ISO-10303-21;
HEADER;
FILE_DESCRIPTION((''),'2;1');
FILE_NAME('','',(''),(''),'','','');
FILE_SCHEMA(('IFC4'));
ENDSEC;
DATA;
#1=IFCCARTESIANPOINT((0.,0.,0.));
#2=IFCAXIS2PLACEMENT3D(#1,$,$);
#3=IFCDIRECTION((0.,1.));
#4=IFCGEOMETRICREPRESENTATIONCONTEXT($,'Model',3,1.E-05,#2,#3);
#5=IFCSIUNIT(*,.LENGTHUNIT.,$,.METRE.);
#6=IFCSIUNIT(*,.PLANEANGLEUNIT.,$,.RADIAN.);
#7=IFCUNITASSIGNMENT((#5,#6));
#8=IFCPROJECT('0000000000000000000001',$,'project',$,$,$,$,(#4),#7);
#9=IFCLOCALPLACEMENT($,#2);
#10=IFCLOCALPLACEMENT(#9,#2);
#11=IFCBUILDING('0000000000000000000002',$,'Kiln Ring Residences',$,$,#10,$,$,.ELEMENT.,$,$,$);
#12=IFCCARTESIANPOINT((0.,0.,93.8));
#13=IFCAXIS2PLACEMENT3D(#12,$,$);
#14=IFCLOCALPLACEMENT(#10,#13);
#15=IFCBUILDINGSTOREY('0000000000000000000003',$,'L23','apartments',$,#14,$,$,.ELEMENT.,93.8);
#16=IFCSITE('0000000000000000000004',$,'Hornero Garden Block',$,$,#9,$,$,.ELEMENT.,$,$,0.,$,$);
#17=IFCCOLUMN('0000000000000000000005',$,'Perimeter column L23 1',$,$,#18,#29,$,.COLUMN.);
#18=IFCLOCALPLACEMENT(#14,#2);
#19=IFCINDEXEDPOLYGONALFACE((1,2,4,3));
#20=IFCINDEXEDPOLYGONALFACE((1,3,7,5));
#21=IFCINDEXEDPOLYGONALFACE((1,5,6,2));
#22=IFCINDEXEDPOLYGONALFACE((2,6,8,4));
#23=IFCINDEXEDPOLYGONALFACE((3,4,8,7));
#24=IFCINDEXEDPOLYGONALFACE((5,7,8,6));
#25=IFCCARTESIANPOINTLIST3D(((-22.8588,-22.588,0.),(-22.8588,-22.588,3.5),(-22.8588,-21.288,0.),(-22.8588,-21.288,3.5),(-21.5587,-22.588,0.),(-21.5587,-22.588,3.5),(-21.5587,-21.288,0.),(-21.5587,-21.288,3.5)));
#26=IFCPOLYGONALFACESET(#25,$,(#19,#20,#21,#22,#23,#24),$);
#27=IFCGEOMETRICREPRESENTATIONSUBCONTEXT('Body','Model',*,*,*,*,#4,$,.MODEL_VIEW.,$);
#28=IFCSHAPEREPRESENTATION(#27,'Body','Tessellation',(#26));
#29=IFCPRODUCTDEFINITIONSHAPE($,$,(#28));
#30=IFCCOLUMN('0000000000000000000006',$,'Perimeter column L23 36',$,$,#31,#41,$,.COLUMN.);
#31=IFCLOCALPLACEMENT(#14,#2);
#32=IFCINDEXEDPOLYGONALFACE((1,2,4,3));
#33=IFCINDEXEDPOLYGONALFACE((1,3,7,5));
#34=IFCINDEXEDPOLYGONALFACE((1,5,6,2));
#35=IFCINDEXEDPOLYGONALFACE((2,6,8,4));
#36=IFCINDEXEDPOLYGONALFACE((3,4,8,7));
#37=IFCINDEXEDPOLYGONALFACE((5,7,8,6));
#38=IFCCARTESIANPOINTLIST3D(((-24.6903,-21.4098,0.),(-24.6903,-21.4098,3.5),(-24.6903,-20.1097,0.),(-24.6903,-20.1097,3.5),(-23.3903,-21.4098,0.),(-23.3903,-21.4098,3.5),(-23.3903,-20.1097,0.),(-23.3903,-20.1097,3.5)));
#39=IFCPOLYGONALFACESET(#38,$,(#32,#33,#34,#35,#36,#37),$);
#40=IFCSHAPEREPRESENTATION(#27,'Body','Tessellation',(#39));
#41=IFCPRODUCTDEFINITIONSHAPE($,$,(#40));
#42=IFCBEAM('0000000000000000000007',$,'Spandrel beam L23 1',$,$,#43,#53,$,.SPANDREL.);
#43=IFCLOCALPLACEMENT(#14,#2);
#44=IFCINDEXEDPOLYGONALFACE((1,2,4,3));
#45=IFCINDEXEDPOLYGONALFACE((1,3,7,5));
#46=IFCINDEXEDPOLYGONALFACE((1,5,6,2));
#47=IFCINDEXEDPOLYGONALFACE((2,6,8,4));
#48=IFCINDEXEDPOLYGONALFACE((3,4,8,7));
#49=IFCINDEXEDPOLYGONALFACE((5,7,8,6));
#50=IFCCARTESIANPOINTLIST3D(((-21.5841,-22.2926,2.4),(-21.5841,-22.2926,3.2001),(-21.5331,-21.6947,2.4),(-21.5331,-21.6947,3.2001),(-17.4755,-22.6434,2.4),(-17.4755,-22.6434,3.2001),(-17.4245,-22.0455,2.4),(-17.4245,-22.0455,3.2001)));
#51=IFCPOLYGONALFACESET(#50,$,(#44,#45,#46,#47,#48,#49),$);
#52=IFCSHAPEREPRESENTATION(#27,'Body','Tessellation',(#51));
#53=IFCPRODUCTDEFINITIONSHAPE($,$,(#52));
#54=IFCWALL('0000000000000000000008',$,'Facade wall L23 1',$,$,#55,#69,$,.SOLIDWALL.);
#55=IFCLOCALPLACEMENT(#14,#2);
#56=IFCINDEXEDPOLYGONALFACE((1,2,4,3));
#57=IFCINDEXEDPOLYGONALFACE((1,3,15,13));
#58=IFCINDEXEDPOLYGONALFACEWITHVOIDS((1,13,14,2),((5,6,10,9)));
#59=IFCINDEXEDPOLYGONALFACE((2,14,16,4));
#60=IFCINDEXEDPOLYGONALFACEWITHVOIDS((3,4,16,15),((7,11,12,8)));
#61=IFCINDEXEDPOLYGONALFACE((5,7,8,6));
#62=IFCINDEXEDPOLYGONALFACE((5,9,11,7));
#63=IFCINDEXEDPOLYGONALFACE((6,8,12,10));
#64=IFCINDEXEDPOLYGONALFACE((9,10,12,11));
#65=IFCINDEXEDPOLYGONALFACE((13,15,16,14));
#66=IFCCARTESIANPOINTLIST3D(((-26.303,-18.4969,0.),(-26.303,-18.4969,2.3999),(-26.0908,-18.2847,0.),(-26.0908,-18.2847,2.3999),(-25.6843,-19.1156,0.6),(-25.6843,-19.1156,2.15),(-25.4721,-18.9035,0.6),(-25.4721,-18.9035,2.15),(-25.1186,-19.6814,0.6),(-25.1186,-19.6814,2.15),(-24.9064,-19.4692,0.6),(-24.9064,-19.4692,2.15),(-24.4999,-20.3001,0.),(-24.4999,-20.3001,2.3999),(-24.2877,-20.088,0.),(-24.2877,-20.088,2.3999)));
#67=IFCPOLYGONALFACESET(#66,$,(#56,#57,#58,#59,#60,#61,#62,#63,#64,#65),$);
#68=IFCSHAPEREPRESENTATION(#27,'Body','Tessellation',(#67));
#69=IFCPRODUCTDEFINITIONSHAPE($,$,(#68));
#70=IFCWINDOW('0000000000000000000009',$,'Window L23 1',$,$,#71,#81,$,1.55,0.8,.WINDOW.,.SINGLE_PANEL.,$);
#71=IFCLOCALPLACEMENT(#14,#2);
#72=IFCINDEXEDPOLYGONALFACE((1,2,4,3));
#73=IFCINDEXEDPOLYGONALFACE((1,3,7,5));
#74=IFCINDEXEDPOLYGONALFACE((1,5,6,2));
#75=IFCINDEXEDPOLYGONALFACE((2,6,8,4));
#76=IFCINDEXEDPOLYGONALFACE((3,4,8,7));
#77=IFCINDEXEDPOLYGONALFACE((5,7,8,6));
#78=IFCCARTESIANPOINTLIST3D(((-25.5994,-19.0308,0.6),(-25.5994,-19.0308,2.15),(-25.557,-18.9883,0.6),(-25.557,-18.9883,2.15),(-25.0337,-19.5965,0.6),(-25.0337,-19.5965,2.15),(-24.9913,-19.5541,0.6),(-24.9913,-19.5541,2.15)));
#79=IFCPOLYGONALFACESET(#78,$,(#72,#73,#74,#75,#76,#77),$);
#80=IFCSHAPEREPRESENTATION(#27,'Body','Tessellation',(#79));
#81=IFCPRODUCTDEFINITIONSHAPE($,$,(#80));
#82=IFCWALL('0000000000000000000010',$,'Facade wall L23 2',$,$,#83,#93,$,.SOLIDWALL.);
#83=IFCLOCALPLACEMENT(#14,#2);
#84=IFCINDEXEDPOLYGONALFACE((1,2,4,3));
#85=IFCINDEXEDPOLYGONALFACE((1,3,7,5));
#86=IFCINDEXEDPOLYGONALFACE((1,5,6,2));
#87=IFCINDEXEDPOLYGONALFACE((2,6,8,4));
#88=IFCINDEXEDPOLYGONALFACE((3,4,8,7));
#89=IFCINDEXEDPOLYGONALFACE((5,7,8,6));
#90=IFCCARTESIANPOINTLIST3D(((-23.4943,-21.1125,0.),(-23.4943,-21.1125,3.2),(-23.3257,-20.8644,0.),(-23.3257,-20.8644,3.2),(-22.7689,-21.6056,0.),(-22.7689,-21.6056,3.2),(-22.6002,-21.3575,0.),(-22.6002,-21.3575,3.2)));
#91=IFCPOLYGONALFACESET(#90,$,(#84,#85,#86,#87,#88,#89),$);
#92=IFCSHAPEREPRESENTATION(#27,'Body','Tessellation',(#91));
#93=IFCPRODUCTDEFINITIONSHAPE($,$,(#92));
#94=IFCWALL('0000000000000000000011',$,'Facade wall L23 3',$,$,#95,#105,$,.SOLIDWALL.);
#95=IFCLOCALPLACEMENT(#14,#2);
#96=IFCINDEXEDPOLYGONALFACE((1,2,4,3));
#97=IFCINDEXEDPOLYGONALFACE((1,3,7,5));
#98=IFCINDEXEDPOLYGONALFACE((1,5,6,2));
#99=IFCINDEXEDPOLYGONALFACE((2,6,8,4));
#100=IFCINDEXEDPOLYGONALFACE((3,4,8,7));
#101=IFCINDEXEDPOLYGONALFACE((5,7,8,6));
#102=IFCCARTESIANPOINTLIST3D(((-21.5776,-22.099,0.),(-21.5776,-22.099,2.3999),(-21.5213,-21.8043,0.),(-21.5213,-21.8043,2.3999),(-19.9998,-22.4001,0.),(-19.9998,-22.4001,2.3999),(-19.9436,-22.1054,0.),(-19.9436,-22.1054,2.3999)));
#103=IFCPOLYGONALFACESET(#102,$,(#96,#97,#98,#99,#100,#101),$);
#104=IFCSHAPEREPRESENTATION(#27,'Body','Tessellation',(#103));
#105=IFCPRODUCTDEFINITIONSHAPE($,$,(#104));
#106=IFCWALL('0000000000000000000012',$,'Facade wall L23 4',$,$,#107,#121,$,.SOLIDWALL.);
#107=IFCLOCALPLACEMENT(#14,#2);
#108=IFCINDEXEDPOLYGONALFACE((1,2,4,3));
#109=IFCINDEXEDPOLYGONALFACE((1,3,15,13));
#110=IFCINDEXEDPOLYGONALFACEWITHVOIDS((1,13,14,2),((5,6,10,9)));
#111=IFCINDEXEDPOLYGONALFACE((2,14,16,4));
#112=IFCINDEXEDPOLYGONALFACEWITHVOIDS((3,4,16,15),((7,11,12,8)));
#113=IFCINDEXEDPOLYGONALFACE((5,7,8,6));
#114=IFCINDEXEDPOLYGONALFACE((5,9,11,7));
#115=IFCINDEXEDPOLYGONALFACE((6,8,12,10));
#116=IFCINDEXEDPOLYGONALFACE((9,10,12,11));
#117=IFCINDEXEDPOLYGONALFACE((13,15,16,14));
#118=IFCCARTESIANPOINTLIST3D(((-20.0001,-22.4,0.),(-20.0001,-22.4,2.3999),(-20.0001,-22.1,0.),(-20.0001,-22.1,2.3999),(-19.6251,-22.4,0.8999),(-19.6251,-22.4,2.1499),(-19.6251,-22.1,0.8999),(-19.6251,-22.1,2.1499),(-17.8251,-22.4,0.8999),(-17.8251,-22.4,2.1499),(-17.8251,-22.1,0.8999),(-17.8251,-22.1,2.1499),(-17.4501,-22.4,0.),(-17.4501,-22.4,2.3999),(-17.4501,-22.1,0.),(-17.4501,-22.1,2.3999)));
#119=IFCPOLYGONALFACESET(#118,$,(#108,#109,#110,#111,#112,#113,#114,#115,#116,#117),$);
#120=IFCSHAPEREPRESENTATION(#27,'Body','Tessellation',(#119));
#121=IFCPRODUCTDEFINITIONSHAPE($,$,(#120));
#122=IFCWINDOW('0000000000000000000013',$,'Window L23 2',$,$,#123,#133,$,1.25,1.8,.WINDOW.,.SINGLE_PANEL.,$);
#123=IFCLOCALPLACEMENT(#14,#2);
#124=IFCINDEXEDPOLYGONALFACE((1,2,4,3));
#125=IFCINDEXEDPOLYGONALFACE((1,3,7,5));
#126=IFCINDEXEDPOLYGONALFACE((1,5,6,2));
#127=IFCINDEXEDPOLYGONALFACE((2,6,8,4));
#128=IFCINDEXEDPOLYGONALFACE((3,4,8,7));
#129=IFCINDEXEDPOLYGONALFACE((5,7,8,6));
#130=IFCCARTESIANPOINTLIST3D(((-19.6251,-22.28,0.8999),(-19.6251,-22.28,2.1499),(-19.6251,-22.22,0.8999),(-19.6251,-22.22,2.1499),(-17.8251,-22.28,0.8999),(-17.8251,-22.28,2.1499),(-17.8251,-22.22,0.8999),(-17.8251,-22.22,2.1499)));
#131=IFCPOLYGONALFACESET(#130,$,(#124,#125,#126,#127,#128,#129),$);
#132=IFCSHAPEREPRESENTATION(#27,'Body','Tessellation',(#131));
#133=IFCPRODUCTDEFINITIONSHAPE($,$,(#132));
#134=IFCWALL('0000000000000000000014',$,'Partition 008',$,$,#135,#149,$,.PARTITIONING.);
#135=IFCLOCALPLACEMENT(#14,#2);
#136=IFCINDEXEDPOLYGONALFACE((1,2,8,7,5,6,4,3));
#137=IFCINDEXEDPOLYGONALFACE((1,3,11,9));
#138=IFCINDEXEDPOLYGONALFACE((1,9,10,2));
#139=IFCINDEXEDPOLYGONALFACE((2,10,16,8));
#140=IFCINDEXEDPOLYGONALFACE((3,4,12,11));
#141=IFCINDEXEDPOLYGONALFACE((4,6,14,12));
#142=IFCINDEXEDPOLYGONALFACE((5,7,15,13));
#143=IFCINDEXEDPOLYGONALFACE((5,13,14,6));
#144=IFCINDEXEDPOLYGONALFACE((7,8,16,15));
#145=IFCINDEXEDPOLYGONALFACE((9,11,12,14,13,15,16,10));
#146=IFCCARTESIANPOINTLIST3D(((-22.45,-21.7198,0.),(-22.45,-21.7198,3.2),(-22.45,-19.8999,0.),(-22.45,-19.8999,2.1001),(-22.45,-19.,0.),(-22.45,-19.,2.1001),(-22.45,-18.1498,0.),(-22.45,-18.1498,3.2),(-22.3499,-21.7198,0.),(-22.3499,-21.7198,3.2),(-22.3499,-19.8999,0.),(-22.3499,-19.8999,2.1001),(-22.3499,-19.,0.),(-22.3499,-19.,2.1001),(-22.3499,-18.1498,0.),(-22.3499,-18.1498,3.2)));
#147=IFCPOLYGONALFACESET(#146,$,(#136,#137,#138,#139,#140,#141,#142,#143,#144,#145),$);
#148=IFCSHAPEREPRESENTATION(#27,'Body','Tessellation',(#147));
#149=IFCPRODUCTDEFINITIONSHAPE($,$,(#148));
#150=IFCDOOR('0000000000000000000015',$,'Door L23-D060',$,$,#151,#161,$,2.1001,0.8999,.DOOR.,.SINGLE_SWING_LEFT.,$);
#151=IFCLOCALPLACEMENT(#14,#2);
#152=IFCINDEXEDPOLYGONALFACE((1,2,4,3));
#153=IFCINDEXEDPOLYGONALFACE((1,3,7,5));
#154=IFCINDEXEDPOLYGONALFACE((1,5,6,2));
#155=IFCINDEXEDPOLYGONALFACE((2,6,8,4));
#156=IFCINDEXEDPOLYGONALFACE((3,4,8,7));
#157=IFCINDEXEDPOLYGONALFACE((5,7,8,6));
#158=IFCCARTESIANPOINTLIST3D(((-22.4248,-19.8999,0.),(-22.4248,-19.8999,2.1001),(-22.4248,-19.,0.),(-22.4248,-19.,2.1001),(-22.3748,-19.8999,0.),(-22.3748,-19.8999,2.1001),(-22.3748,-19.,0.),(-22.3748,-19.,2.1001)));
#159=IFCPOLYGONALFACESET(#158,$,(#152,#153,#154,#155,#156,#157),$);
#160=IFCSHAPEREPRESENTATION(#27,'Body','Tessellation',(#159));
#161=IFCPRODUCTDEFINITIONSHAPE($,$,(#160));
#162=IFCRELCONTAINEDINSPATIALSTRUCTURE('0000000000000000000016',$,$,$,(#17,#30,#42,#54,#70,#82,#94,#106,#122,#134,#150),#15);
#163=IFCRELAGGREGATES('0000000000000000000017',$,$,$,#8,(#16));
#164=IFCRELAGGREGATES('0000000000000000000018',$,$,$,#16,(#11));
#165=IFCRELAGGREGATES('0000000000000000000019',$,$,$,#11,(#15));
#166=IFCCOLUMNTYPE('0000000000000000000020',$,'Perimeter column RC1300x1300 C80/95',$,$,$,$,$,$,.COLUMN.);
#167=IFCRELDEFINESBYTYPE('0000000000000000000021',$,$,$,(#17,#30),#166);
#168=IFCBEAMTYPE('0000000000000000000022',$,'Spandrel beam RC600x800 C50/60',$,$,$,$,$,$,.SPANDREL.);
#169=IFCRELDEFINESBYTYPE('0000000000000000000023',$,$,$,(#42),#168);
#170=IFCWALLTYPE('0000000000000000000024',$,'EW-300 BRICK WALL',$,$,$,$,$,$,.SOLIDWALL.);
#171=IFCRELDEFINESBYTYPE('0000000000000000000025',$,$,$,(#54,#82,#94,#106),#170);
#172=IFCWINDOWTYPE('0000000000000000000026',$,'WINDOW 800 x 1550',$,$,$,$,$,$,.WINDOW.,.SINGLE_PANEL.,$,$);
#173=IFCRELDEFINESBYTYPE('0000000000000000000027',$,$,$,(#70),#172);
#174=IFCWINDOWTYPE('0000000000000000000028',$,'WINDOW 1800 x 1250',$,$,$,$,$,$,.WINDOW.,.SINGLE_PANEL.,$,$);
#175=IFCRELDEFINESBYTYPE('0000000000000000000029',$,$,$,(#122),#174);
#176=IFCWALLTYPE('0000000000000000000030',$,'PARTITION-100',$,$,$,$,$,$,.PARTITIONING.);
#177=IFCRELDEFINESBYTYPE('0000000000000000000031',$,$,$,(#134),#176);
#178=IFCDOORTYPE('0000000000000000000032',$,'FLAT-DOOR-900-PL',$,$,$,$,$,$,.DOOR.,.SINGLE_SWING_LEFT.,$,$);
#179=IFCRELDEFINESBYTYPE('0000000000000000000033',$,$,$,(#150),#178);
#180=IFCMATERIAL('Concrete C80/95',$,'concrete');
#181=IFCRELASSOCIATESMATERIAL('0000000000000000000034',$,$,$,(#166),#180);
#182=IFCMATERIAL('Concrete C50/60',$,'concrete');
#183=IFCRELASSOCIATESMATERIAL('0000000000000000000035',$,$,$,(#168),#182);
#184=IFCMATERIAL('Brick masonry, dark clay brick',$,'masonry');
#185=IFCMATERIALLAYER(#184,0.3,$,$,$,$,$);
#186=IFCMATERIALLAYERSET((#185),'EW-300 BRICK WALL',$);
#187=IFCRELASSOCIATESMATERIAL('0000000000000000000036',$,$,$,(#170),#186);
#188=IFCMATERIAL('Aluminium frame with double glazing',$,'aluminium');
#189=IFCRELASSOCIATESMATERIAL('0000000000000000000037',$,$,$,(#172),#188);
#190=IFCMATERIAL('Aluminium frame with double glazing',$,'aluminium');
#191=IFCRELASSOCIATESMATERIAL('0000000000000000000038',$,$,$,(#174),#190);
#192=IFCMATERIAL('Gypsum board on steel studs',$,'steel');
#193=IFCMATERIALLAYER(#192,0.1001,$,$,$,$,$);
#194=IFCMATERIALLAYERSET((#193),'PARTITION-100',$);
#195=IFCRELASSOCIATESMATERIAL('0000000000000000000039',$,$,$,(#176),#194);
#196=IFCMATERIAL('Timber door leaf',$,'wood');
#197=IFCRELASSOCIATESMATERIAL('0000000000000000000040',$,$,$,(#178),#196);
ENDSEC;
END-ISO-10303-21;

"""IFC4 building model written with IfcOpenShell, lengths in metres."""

from ifc_helpers import new_model, si_unit, direction, frame, frame_2d, origin, origin_2d, place, context, subcontext, project, spatial, rectangle, extrude, material, layer, layer_set, material_profile, profile_set, type_object, element, fill, save


model = new_model("IFC4")

# Units and contexts
model_context = context("Model", 3, precision=1e-05, world=origin(), true_north=direction((0.0, 1.0)))
body_context = subcontext(model_context, "Body", "Model", "MODEL_VIEW")
ifc_project = project(units=[si_unit("LENGTHUNIT", "METRE"), si_unit("PLANEANGLEUNIT", "RADIAN")], contexts=[model_context])

# Site, building, storey
site_placement = place(None, origin())
site = spatial("IfcSite", under=ifc_project, at=site_placement, Name="Hornero Garden Block", CompositionType="ELEMENT", RefElevation=0.0)
building_placement = place(site_placement, origin())
building = spatial("IfcBuilding", under=site, at=building_placement, Name="Kiln Ring Residences", CompositionType="ELEMENT")
storey_placement = place(building_placement, frame((0.0, 0.0, 93.8)))
storey = spatial("IfcBuildingStorey", under=building, at=storey_placement, Name="L23", Description="apartments", CompositionType="ELEMENT", Elevation=93.8)

# Columns
ifc_material_1 = material(Name="Concrete C80/95", Category="concrete")
ifc_material_profile_1 = material_profile(ifc_material_1, rectangle(XDim=1.3, YDim=1.3, at=origin_2d()), Name="RC1300x1300")
ifc_profile_set_1 = profile_set([ifc_material_profile_1], Name="Concrete C80/95")
column_type = type_object("IfcColumnType", Name="Perimeter column RC1300x1300 C80/95", PredefinedType="COLUMN", material=ifc_profile_set_1)
for number, where, z_axis, x_axis, name in (
    (1, (-22.2087, -21.938, 0.0), (0.0, 0.0, 1.0), (1.0, 0.0, 0.0), "Perimeter column L23 1"),
    (2, (-24.0403, -20.7598, 0.0), (0.0, 0.0, 1.0), (1.0, 0.0, 0.0), "Perimeter column L23 36"),
):
    element("IfcColumn", number, at=place(storey_placement, frame(where, z_axis=z_axis, x_axis=x_axis)), inside=storey, type_object=column_type, Name=name, PredefinedType="COLUMN", context=body_context, shape_type="SweptSolid", body=[
        extrude(rectangle(XDim=1.3, YDim=1.3, at=origin_2d()), origin(), (0.0, 0.0, 1.0), 3.5),
    ])

# Beam
ifc_material_2 = material(Name="Concrete C50/60", Category="concrete")
ifc_material_profile_2 = material_profile(ifc_material_2, rectangle(XDim=0.6001, YDim=0.8, at=origin_2d()), Name="RC600x800")
ifc_profile_set_2 = profile_set([ifc_material_profile_2], Name="Concrete C50/60")
beam_type = type_object("IfcBeamType", Name="Spandrel beam RC600x800 C50/60", PredefinedType="SPANDREL", material=ifc_profile_set_2)
beam_placement = place(storey_placement, frame((-21.5586, -21.9937, 2.8), z_axis=(0.996374, -0.085079, 0.0), x_axis=(0.085079, 0.996374, 0.0)))
element("IfcBeam", 3, at=beam_placement, inside=storey, type_object=beam_type, Name="Spandrel beam L23 1", PredefinedType="SPANDREL", context=body_context, shape_type="SweptSolid", body=[
    extrude(rectangle(XDim=0.6001, YDim=0.8, at=origin_2d()), origin(), (0.0, 0.0, 1.0), 4.1235),
])

# Wall, opening, window
ifc_material_3 = material(Name="Brick masonry, dark clay brick", Category="masonry")
ifc_layer_1 = layer(ifc_material_3, 0.3)
ifc_layer_set_1 = layer_set([ifc_layer_1], Name="EW-300 BRICK WALL")
wall_type_1 = type_object("IfcWallType", Name="EW-300 BRICK WALL", PredefinedType="SOLIDWALL", material=ifc_layer_set_1)
wall_1_placement = place(storey_placement, frame((-26.1968, -18.3909, 0.0), z_axis=(0.0, 0.0, 1.0), x_axis=(0.707059, -0.707155, 0.0)))
wall_1 = element("IfcWall", 4, at=wall_1_placement, inside=storey, type_object=wall_type_1, Name="Facade wall L23 1", PredefinedType="SOLIDWALL", context=body_context, shape_type="SweptSolid", body=[
    extrude(rectangle(XDim=2.55, YDim=0.3, at=frame_2d((1.2749, 0.0))), origin(), (0.0, 0.0, 1.0), 2.3999),
])
opening_1_placement = place(wall_1_placement, frame((0.875, 0.0, 0.6001)))
opening_1 = element("IfcOpeningElement", 5, at=opening_1_placement, cuts=wall_1, PredefinedType="OPENING", context=body_context, shape_type="SweptSolid", body=[
    extrude(rectangle(XDim=0.8, YDim=1.55, at=frame_2d((0.3999, 0.7749))), frame((0.0, 0.1599, 0.0), z_axis=(0.0, -1.0, 0.0), x_axis=(1.0, 0.0, 0.0)), (0.0, 0.0, 1.0), 0.3201),
])
ifc_material_4 = material(Name="Aluminium frame with double glazing", Category="aluminium")
window_type_1 = type_object("IfcWindowType", Name="WINDOW 800 x 1550", PartitioningType="SINGLE_PANEL", PredefinedType="WINDOW", material=ifc_material_4)
window_1_placement = place(opening_1_placement, origin())
window_1 = element("IfcWindow", 6, at=window_1_placement, inside=storey, type_object=window_type_1, Name="Window L23 1", OverallHeight=1.55, OverallWidth=0.8, PartitioningType="SINGLE_PANEL", PredefinedType="WINDOW", context=body_context, shape_type="SweptSolid", body=[
    extrude(rectangle(XDim=0.8, YDim=1.55, at=frame_2d((0.3999, 0.7749))), frame((0.0, 0.03, 0.0), z_axis=(0.0, -1.0, 0.0), x_axis=(1.0, 0.0, 0.0)), (0.0, 0.0, 1.0), 0.0601),
])
fill(opening_1, window_1)

# Walls
wall_2_placement = place(storey_placement, frame((-23.4099, -20.9885, 0.0), z_axis=(0.0, 0.0, 1.0), x_axis=(0.827051, -0.562127, 0.0)))
element("IfcWall", 7, at=wall_2_placement, inside=storey, type_object=wall_type_1, Name="Facade wall L23 2", PredefinedType="SOLIDWALL", context=body_context, shape_type="SweptSolid", body=[
    extrude(rectangle(XDim=0.8772, YDim=0.3, at=frame_2d((0.4385, 0.0))), origin(), (0.0, 0.0, 1.0), 3.2),
])
wall_3_placement = place(storey_placement, frame((-21.5496, -21.9517, 0.0), z_axis=(0.0, 0.0, 1.0), x_axis=(0.982279, -0.187426, 0.0)))
element("IfcWall", 8, at=wall_3_placement, inside=storey, type_object=wall_type_1, Name="Facade wall L23 3", PredefinedType="SOLIDWALL", context=body_context, shape_type="SweptSolid", body=[
    extrude(rectangle(XDim=1.6062, YDim=0.3, at=frame_2d((0.8032, 0.0))), origin(), (0.0, 0.0, 1.0), 2.3999),
])

# Wall, opening, window
wall_4_placement = place(storey_placement, frame((-20.0, -22.25, 0.0), z_axis=(0.0, 0.0, 1.0), x_axis=(1.0, 0.0, 0.0)))
wall_4 = element("IfcWall", 9, at=wall_4_placement, inside=storey, type_object=wall_type_1, Name="Facade wall L23 4", PredefinedType="SOLIDWALL", context=body_context, shape_type="SweptSolid", body=[
    extrude(rectangle(XDim=2.55, YDim=0.3, at=frame_2d((1.2749, 0.0))), origin(), (0.0, 0.0, 1.0), 2.3999),
])
opening_2_placement = place(wall_4_placement, frame((0.375, 0.0, 0.8999)))
opening_2 = element("IfcOpeningElement", 10, at=opening_2_placement, cuts=wall_4, PredefinedType="OPENING", context=body_context, shape_type="SweptSolid", body=[
    extrude(rectangle(XDim=1.8, YDim=1.25, at=frame_2d((0.8999, 0.625))), frame((0.0, 0.1599, 0.0), z_axis=(0.0, -1.0, 0.0), x_axis=(1.0, 0.0, 0.0)), (0.0, 0.0, 1.0), 0.3201),
])
ifc_material_5 = material(Name="Aluminium frame with double glazing", Category="aluminium")
window_type_2 = type_object("IfcWindowType", Name="WINDOW 1800 x 1250", PartitioningType="SINGLE_PANEL", PredefinedType="WINDOW", material=ifc_material_5)
window_2_placement = place(opening_2_placement, origin())
window_2 = element("IfcWindow", 11, at=window_2_placement, inside=storey, type_object=window_type_2, Name="Window L23 2", OverallHeight=1.25, OverallWidth=1.8, PartitioningType="SINGLE_PANEL", PredefinedType="WINDOW", context=body_context, shape_type="SweptSolid", body=[
    extrude(rectangle(XDim=1.8, YDim=1.25, at=frame_2d((0.8999, 0.625))), frame((0.0, 0.03, 0.0), z_axis=(0.0, -1.0, 0.0), x_axis=(1.0, 0.0, 0.0)), (0.0, 0.0, 1.0), 0.0601),
])
fill(opening_2, window_2)

# Wall, opening, door
ifc_material_6 = material(Name="Gypsum board on steel studs", Category="steel")
ifc_layer_2 = layer(ifc_material_6, 0.1001)
ifc_layer_set_2 = layer_set([ifc_layer_2], Name="PARTITION-100")
wall_type_2 = type_object("IfcWallType", Name="PARTITION-100", PredefinedType="PARTITIONING", material=ifc_layer_set_2)
wall_5_placement = place(storey_placement, frame((-22.3999, -21.72, 0.0), z_axis=(0.0, 0.0, 1.0), x_axis=(0.0, 1.0, 0.0)))
wall_5 = element("IfcWall", 12, at=wall_5_placement, inside=storey, type_object=wall_type_2, Name="Partition 008", PredefinedType="PARTITIONING", context=body_context, shape_type="SweptSolid", body=[
    extrude(rectangle(XDim=3.5701, YDim=0.1001, at=frame_2d((1.7852, 0.0))), origin(), (0.0, 0.0, 1.0), 3.2),
])
opening_3_placement = place(wall_5_placement, frame((1.8201, 0.0, 0.0)))
opening_3 = element("IfcOpeningElement", 13, at=opening_3_placement, cuts=wall_5, PredefinedType="OPENING", context=body_context, shape_type="SweptSolid", body=[
    extrude(rectangle(XDim=0.8999, YDim=2.1001, at=frame_2d((0.45, 1.05))), frame((0.0, 0.0601, 0.0), z_axis=(0.0, -1.0, 0.0), x_axis=(1.0, 0.0, 0.0)), (0.0, 0.0, 1.0), 0.1201),
])
ifc_material_7 = material(Name="Timber door leaf", Category="wood")
door_type = type_object("IfcDoorType", Name="FLAT-DOOR-900-PL", OperationType="SINGLE_SWING_LEFT", PredefinedType="DOOR", material=ifc_material_7)
door_placement = place(opening_3_placement, origin())
door = element("IfcDoor", 14, at=door_placement, inside=storey, type_object=door_type, Name="Door L23-D060", OperationType="SINGLE_SWING_LEFT", OverallHeight=2.1001, OverallWidth=0.8999, PredefinedType="DOOR", context=body_context, shape_type="SweptSolid", body=[
    extrude(rectangle(XDim=0.8999, YDim=2.1001, at=frame_2d((0.45, 1.05))), frame((0.0, 0.0249, 0.0), z_axis=(0.0, -1.0, 0.0), x_axis=(1.0, 0.0, 0.0)), (0.0, 0.0, 1.0), 0.05),
])
fill(opening_3, door)

save(model, "model.ifc")
